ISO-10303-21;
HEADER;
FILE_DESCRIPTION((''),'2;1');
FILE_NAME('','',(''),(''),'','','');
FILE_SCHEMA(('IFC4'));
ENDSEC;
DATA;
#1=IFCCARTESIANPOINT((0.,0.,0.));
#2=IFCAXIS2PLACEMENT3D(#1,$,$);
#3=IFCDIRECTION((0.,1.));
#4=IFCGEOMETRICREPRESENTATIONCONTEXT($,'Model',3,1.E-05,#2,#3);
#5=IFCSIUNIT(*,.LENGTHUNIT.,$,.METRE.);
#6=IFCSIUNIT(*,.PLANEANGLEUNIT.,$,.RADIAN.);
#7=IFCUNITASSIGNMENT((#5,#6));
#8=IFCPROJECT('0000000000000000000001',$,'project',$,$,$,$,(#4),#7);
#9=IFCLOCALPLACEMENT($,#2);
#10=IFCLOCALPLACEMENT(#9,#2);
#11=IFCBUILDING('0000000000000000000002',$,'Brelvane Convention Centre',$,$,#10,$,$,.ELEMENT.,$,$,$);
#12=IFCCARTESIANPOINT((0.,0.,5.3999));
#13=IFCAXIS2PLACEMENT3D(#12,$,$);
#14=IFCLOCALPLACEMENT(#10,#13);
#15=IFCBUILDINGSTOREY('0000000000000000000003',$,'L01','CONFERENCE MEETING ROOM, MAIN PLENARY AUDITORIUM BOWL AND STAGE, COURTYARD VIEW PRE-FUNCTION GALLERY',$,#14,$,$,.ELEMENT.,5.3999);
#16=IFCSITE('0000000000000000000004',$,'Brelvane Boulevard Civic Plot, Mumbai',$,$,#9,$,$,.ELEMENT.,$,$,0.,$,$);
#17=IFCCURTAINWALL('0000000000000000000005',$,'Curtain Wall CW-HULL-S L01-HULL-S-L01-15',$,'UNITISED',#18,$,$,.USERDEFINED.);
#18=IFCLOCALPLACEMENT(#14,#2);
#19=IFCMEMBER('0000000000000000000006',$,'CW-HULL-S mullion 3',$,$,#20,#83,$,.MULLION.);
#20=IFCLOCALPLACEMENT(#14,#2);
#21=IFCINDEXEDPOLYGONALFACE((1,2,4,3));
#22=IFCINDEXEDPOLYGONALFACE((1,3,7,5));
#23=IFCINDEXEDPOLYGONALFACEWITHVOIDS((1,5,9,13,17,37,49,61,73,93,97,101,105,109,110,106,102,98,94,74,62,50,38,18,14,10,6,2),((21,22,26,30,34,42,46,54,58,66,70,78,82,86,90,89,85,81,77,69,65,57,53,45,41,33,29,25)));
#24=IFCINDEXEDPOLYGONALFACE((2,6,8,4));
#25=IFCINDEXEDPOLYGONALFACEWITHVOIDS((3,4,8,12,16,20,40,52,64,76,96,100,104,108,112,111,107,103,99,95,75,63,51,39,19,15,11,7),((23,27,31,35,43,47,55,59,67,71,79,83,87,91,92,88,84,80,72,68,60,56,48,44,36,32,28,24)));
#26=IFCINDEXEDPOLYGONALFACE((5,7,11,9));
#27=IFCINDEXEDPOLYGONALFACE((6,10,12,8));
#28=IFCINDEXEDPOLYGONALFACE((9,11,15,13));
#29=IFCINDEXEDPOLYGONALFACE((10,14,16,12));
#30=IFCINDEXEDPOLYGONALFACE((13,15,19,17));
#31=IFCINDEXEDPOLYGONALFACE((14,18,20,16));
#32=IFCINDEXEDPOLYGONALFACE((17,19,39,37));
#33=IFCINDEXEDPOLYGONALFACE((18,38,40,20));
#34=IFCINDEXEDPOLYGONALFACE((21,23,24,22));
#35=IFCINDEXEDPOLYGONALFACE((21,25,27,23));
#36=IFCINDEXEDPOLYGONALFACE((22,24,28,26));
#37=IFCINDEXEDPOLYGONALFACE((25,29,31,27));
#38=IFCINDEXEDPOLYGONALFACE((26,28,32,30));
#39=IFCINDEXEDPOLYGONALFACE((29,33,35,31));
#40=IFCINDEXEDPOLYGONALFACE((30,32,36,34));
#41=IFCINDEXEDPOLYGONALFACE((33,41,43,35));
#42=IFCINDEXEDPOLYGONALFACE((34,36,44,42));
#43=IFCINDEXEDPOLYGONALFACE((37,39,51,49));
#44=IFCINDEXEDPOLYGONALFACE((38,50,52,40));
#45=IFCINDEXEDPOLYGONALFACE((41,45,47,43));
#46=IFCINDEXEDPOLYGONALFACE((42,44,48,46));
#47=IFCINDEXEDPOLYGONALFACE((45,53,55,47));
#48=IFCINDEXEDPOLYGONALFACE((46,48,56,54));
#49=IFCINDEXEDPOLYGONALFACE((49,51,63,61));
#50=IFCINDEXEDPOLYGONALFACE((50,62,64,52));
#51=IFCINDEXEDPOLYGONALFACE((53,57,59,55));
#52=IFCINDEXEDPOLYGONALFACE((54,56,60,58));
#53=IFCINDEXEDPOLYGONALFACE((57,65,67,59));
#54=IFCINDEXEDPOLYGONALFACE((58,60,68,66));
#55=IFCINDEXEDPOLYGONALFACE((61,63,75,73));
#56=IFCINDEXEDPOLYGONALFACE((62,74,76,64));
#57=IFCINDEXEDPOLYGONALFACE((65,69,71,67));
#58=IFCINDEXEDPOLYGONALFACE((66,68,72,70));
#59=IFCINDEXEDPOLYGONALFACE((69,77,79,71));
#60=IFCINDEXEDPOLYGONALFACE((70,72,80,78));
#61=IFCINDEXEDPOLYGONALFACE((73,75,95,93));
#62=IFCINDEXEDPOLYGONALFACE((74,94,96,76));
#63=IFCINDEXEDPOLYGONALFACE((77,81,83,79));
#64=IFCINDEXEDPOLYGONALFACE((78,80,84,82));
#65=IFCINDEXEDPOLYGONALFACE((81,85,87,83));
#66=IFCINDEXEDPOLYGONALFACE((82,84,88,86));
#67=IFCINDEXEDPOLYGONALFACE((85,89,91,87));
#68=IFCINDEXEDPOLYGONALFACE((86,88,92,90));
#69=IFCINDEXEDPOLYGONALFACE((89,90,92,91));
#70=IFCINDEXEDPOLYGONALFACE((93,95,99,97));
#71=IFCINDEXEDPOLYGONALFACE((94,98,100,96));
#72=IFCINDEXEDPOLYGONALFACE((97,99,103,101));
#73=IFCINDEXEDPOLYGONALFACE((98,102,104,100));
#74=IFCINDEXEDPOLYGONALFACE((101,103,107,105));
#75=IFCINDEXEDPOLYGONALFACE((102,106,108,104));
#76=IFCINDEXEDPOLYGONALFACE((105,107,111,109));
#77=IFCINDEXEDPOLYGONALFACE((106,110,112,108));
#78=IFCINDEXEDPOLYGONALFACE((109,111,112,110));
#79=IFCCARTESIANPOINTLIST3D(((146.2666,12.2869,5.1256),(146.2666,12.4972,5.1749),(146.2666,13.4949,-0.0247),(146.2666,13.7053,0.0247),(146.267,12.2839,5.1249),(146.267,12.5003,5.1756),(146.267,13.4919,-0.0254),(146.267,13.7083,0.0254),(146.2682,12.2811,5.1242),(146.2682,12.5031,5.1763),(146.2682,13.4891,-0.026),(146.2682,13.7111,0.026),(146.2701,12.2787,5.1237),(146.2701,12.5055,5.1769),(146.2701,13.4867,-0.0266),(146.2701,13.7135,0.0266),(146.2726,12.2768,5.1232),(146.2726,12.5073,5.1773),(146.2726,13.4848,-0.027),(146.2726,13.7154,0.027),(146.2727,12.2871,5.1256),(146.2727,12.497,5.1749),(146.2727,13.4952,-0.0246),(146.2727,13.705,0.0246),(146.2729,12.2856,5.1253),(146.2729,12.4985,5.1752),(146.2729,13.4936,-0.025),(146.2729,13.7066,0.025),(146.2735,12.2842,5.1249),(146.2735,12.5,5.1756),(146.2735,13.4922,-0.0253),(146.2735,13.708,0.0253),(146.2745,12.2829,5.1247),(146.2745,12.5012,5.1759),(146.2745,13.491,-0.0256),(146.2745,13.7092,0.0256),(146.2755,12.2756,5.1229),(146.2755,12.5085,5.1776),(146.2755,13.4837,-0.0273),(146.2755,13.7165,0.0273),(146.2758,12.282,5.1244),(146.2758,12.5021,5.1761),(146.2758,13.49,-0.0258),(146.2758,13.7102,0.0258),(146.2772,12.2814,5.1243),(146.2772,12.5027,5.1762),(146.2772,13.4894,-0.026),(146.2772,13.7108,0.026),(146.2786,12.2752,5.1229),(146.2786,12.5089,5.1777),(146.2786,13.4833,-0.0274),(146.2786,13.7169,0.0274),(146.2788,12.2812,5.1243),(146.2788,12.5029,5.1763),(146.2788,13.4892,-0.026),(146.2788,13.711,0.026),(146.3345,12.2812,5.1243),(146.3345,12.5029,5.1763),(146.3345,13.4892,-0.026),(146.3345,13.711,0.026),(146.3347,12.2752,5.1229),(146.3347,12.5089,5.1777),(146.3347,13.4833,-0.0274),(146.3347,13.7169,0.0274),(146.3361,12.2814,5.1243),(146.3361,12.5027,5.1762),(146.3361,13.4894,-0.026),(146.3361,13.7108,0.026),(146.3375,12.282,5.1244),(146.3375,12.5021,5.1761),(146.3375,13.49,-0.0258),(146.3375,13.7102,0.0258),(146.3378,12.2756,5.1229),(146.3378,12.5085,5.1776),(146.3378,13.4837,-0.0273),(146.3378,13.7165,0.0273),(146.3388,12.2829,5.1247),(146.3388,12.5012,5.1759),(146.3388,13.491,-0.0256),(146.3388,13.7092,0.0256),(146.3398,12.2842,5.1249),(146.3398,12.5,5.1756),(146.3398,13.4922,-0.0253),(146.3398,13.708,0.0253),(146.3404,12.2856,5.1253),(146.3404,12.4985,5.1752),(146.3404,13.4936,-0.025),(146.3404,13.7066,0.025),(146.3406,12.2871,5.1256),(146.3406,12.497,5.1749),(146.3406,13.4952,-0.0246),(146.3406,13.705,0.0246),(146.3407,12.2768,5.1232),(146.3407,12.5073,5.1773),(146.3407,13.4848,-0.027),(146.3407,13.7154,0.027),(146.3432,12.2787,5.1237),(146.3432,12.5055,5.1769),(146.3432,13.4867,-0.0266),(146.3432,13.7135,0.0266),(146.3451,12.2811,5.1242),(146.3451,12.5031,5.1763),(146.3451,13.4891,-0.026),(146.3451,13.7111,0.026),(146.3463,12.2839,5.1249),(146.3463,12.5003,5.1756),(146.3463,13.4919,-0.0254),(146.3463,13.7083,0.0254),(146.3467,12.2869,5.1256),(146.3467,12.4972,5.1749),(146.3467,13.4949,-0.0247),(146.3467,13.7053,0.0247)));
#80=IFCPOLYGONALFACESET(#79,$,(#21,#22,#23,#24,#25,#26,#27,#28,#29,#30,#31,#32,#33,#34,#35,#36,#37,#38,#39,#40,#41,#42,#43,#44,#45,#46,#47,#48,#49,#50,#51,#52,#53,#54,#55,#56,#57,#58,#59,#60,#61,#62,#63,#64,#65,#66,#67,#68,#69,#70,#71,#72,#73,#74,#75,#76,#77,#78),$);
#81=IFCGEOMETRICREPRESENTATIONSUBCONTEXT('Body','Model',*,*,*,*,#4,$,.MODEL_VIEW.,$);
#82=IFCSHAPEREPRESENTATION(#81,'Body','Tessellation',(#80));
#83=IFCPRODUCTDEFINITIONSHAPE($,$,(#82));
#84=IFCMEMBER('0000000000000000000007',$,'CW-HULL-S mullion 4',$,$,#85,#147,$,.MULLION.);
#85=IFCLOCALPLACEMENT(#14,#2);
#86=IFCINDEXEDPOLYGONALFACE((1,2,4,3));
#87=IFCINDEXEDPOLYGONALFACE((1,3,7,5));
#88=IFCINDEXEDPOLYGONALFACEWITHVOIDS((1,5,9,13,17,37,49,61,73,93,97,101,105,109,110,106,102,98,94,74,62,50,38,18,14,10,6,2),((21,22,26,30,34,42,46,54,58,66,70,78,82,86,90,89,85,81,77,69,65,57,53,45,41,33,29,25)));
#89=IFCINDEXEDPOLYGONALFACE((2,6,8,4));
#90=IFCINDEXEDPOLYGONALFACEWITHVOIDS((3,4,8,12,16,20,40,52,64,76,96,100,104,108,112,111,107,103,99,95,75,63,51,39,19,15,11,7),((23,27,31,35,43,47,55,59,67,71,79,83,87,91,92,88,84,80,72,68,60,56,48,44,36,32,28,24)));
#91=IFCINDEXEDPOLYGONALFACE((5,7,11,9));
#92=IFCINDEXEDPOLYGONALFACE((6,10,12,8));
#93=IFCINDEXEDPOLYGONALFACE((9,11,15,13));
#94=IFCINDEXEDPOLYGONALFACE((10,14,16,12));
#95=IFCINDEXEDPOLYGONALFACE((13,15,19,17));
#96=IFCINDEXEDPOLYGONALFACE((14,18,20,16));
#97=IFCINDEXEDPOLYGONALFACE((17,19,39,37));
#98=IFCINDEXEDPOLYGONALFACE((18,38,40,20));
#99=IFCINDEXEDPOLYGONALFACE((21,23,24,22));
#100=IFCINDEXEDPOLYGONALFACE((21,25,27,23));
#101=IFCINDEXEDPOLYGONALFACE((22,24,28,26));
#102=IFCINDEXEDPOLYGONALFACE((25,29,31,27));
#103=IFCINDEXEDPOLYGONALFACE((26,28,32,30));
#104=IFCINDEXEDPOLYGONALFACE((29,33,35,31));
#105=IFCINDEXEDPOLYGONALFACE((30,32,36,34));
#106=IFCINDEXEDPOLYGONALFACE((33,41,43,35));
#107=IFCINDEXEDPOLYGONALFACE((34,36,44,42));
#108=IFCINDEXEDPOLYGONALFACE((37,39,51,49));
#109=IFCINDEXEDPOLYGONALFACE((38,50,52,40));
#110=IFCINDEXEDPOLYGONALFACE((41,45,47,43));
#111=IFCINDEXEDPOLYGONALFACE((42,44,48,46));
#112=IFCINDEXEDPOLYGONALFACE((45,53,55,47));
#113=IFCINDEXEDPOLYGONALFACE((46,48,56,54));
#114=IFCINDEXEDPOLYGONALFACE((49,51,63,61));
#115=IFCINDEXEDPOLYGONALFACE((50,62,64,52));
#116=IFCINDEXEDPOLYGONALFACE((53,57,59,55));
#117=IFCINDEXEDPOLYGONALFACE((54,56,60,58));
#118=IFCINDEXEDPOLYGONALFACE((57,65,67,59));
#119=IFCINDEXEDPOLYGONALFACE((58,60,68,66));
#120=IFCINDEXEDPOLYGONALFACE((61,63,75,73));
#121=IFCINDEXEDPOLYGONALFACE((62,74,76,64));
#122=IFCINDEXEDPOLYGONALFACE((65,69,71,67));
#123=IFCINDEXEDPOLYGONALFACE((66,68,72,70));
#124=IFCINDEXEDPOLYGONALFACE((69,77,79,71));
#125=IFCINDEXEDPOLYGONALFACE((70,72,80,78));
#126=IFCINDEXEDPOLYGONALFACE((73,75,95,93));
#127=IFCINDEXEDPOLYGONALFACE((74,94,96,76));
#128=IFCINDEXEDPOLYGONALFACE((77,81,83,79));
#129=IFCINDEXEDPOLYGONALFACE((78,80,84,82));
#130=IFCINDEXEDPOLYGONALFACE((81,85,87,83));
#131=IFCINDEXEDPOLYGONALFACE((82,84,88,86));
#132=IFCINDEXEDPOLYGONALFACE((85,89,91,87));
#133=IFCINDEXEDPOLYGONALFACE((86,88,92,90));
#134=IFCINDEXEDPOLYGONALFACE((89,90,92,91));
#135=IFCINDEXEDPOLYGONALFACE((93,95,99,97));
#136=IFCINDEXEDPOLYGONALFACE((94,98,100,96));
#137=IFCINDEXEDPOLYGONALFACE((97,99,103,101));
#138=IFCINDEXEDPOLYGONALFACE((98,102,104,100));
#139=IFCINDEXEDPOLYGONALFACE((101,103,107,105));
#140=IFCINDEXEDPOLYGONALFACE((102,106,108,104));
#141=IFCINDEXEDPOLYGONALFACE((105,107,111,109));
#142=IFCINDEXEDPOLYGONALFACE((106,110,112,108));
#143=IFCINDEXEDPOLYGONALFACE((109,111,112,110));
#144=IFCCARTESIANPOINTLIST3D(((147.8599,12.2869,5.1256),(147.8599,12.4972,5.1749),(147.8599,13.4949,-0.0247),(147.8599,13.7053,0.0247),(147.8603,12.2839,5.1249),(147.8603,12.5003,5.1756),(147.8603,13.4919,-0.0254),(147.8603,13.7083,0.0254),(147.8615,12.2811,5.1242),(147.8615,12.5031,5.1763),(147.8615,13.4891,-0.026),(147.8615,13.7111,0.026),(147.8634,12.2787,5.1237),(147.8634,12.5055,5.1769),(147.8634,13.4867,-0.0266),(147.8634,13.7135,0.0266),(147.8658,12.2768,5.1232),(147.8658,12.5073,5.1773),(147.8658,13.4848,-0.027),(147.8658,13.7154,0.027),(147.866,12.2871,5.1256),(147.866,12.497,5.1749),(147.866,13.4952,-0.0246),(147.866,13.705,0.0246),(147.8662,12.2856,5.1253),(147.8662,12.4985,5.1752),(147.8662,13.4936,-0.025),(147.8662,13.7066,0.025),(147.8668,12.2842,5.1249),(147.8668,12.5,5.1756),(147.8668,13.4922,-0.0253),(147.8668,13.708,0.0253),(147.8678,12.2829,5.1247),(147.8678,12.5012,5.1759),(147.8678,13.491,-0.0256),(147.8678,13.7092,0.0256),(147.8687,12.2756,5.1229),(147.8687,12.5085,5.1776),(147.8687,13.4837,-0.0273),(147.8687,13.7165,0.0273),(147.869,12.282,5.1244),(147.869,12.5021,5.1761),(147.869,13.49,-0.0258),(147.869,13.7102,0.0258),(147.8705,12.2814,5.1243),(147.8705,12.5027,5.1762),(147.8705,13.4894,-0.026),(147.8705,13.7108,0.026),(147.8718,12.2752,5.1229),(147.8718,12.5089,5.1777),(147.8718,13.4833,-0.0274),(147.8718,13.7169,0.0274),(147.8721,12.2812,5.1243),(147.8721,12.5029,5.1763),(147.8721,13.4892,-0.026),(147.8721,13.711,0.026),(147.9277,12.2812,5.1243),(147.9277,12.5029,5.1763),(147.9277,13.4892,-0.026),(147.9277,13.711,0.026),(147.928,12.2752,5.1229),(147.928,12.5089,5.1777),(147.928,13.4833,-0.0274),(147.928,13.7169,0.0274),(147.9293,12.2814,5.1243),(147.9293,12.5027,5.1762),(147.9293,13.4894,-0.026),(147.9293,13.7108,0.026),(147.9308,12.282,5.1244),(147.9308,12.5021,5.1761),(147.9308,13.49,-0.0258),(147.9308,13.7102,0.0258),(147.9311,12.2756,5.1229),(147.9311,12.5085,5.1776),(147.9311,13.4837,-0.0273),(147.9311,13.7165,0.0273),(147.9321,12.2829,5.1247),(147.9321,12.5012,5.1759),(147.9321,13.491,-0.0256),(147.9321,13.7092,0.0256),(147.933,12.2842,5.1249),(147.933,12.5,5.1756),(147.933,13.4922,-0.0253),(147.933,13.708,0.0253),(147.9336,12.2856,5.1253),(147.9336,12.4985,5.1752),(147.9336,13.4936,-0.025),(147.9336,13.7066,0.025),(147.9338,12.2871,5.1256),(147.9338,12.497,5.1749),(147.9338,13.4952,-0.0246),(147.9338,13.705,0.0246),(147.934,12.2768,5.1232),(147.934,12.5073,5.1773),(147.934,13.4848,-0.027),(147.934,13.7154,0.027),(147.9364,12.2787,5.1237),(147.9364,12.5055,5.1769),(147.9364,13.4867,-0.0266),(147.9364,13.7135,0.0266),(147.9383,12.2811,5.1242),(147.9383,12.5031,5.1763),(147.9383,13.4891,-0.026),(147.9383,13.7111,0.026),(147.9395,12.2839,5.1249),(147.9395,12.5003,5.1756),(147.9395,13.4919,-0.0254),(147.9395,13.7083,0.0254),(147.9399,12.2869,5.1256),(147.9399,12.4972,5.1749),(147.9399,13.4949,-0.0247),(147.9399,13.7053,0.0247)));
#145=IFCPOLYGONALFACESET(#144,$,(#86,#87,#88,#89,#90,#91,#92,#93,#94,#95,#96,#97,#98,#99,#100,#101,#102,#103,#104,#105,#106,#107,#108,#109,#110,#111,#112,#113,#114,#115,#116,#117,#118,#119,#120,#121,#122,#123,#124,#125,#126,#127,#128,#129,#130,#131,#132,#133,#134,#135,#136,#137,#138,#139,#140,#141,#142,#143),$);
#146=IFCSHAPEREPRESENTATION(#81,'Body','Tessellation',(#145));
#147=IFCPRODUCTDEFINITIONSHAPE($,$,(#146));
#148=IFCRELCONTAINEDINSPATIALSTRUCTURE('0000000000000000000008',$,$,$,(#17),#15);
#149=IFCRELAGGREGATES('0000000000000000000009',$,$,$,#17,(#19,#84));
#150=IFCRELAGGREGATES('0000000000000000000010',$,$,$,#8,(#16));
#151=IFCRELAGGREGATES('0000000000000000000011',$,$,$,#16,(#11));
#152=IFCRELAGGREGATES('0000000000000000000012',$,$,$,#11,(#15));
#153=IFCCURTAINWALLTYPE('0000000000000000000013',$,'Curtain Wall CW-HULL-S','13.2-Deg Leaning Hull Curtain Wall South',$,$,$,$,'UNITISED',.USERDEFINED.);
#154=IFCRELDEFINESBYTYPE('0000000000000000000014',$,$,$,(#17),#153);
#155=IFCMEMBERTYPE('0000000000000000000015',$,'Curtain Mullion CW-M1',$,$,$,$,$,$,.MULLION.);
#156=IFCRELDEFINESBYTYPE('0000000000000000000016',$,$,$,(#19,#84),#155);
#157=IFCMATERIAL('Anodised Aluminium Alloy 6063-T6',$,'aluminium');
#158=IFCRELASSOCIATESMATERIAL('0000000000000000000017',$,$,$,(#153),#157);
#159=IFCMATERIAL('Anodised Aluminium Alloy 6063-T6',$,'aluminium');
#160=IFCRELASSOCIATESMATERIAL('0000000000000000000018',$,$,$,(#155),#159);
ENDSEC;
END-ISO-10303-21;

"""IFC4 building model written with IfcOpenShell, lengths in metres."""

from ifc_helpers import new_model, si_unit, direction, frame, origin, origin_2d, place, context, subcontext, project, spatial, hollow_rectangle, extrude, material, material_profile, profile_set, type_object, element, aggregate, save


model = new_model("IFC4")

# Units and contexts
model_context = context("Model", 3, precision=1e-05, world=origin(), true_north=direction((0.0, 1.0)))
body_context = subcontext(model_context, "Body", "Model", "MODEL_VIEW")
ifc_project = project(units=[si_unit("LENGTHUNIT", "METRE"), si_unit("PLANEANGLEUNIT", "RADIAN")], contexts=[model_context])

# Site, building, storey
site_placement = place(None, origin())
site = spatial("IfcSite", under=ifc_project, at=site_placement, Name="Brelvane Boulevard Civic Plot, Mumbai", CompositionType="ELEMENT", RefElevation=0.0)
building_placement = place(site_placement, origin())
building = spatial("IfcBuilding", under=site, at=building_placement, Name="Brelvane Convention Centre", CompositionType="ELEMENT")
storey_placement = place(building_placement, frame((0.0, 0.0, 5.3999)))
storey = spatial("IfcBuildingStorey", under=building, at=storey_placement, Name="L01", Description="CONFERENCE MEETING ROOM, MAIN PLENARY AUDITORIUM BOWL AND STAGE, COURTYARD VIEW PRE-FUNCTION GALLERY", CompositionType="ELEMENT", Elevation=5.3999)

# Curtain wall, members
ifc_material_1 = material(Name="Anodised Aluminium Alloy 6063-T6", Category="aluminium")
curtain_wall_type = type_object("IfcCurtainWallType", Name="Curtain Wall CW-HULL-S", Description="13.2-Deg Leaning Hull Curtain Wall South", ElementType="UNITISED", PredefinedType="USERDEFINED", material=ifc_material_1)
curtain_wall_placement = place(storey_placement, origin())
curtain_wall = element("IfcCurtainWall", 1, at=curtain_wall_placement, inside=storey, type_object=curtain_wall_type, Name="Curtain Wall CW-HULL-S L01-HULL-S-L01-15", ObjectType="UNITISED", PredefinedType="USERDEFINED")
ifc_material_2 = material(Name="Anodised Aluminium Alloy 6063-T6", Category="aluminium")
ifc_material_profile_1 = material_profile(ifc_material_2, hollow_rectangle(XDim=0.0801, YDim=0.24, WallThickness=0.0061, InnerFilletRadius=0.0061, OuterFilletRadius=0.012, at=origin_2d()), Name="ALU-M 240x80x6.0")
ifc_profile_set_1 = profile_set([ifc_material_profile_1], Name="Anodised Aluminium Alloy 6063-T6")
member_type_1 = type_object("IfcMemberType", Name="Curtain Mullion CW-M1", PredefinedType="MULLION", material=ifc_profile_set_1)
member_1_placement = place(storey_placement, frame((146.3066, 13.6001, 0.0), z_axis=(0.0, -0.22836, 0.973577), x_axis=(1.0, 0.0, 0.0)))
member_1 = element("IfcMember", 2, at=member_1_placement, type_object=member_type_1, Name="CW-HULL-S mullion 3", PredefinedType="MULLION", context=body_context, shape_type="SweptSolid", body=[
    extrude(hollow_rectangle(XDim=0.0801, YDim=0.24, WallThickness=0.0061, InnerFilletRadius=0.0061, OuterFilletRadius=0.012, at=origin_2d()), origin(), (0.0, 0.0, 1.0), 5.29),
])
member_2_placement = place(storey_placement, frame((147.8999, 13.6001, 0.0), z_axis=(0.0, -0.22836, 0.973577), x_axis=(1.0, 0.0, 0.0)))
member_2 = element("IfcMember", 3, at=member_2_placement, type_object=member_type_1, Name="CW-HULL-S mullion 4", PredefinedType="MULLION", context=body_context, shape_type="SweptSolid", body=[
    extrude(hollow_rectangle(XDim=0.0801, YDim=0.24, WallThickness=0.0061, InnerFilletRadius=0.0061, OuterFilletRadius=0.012, at=origin_2d()), origin(), (0.0, 0.0, 1.0), 5.29),
])
aggregate(curtain_wall, [member_1, member_2])

save(model, "model.ifc")
